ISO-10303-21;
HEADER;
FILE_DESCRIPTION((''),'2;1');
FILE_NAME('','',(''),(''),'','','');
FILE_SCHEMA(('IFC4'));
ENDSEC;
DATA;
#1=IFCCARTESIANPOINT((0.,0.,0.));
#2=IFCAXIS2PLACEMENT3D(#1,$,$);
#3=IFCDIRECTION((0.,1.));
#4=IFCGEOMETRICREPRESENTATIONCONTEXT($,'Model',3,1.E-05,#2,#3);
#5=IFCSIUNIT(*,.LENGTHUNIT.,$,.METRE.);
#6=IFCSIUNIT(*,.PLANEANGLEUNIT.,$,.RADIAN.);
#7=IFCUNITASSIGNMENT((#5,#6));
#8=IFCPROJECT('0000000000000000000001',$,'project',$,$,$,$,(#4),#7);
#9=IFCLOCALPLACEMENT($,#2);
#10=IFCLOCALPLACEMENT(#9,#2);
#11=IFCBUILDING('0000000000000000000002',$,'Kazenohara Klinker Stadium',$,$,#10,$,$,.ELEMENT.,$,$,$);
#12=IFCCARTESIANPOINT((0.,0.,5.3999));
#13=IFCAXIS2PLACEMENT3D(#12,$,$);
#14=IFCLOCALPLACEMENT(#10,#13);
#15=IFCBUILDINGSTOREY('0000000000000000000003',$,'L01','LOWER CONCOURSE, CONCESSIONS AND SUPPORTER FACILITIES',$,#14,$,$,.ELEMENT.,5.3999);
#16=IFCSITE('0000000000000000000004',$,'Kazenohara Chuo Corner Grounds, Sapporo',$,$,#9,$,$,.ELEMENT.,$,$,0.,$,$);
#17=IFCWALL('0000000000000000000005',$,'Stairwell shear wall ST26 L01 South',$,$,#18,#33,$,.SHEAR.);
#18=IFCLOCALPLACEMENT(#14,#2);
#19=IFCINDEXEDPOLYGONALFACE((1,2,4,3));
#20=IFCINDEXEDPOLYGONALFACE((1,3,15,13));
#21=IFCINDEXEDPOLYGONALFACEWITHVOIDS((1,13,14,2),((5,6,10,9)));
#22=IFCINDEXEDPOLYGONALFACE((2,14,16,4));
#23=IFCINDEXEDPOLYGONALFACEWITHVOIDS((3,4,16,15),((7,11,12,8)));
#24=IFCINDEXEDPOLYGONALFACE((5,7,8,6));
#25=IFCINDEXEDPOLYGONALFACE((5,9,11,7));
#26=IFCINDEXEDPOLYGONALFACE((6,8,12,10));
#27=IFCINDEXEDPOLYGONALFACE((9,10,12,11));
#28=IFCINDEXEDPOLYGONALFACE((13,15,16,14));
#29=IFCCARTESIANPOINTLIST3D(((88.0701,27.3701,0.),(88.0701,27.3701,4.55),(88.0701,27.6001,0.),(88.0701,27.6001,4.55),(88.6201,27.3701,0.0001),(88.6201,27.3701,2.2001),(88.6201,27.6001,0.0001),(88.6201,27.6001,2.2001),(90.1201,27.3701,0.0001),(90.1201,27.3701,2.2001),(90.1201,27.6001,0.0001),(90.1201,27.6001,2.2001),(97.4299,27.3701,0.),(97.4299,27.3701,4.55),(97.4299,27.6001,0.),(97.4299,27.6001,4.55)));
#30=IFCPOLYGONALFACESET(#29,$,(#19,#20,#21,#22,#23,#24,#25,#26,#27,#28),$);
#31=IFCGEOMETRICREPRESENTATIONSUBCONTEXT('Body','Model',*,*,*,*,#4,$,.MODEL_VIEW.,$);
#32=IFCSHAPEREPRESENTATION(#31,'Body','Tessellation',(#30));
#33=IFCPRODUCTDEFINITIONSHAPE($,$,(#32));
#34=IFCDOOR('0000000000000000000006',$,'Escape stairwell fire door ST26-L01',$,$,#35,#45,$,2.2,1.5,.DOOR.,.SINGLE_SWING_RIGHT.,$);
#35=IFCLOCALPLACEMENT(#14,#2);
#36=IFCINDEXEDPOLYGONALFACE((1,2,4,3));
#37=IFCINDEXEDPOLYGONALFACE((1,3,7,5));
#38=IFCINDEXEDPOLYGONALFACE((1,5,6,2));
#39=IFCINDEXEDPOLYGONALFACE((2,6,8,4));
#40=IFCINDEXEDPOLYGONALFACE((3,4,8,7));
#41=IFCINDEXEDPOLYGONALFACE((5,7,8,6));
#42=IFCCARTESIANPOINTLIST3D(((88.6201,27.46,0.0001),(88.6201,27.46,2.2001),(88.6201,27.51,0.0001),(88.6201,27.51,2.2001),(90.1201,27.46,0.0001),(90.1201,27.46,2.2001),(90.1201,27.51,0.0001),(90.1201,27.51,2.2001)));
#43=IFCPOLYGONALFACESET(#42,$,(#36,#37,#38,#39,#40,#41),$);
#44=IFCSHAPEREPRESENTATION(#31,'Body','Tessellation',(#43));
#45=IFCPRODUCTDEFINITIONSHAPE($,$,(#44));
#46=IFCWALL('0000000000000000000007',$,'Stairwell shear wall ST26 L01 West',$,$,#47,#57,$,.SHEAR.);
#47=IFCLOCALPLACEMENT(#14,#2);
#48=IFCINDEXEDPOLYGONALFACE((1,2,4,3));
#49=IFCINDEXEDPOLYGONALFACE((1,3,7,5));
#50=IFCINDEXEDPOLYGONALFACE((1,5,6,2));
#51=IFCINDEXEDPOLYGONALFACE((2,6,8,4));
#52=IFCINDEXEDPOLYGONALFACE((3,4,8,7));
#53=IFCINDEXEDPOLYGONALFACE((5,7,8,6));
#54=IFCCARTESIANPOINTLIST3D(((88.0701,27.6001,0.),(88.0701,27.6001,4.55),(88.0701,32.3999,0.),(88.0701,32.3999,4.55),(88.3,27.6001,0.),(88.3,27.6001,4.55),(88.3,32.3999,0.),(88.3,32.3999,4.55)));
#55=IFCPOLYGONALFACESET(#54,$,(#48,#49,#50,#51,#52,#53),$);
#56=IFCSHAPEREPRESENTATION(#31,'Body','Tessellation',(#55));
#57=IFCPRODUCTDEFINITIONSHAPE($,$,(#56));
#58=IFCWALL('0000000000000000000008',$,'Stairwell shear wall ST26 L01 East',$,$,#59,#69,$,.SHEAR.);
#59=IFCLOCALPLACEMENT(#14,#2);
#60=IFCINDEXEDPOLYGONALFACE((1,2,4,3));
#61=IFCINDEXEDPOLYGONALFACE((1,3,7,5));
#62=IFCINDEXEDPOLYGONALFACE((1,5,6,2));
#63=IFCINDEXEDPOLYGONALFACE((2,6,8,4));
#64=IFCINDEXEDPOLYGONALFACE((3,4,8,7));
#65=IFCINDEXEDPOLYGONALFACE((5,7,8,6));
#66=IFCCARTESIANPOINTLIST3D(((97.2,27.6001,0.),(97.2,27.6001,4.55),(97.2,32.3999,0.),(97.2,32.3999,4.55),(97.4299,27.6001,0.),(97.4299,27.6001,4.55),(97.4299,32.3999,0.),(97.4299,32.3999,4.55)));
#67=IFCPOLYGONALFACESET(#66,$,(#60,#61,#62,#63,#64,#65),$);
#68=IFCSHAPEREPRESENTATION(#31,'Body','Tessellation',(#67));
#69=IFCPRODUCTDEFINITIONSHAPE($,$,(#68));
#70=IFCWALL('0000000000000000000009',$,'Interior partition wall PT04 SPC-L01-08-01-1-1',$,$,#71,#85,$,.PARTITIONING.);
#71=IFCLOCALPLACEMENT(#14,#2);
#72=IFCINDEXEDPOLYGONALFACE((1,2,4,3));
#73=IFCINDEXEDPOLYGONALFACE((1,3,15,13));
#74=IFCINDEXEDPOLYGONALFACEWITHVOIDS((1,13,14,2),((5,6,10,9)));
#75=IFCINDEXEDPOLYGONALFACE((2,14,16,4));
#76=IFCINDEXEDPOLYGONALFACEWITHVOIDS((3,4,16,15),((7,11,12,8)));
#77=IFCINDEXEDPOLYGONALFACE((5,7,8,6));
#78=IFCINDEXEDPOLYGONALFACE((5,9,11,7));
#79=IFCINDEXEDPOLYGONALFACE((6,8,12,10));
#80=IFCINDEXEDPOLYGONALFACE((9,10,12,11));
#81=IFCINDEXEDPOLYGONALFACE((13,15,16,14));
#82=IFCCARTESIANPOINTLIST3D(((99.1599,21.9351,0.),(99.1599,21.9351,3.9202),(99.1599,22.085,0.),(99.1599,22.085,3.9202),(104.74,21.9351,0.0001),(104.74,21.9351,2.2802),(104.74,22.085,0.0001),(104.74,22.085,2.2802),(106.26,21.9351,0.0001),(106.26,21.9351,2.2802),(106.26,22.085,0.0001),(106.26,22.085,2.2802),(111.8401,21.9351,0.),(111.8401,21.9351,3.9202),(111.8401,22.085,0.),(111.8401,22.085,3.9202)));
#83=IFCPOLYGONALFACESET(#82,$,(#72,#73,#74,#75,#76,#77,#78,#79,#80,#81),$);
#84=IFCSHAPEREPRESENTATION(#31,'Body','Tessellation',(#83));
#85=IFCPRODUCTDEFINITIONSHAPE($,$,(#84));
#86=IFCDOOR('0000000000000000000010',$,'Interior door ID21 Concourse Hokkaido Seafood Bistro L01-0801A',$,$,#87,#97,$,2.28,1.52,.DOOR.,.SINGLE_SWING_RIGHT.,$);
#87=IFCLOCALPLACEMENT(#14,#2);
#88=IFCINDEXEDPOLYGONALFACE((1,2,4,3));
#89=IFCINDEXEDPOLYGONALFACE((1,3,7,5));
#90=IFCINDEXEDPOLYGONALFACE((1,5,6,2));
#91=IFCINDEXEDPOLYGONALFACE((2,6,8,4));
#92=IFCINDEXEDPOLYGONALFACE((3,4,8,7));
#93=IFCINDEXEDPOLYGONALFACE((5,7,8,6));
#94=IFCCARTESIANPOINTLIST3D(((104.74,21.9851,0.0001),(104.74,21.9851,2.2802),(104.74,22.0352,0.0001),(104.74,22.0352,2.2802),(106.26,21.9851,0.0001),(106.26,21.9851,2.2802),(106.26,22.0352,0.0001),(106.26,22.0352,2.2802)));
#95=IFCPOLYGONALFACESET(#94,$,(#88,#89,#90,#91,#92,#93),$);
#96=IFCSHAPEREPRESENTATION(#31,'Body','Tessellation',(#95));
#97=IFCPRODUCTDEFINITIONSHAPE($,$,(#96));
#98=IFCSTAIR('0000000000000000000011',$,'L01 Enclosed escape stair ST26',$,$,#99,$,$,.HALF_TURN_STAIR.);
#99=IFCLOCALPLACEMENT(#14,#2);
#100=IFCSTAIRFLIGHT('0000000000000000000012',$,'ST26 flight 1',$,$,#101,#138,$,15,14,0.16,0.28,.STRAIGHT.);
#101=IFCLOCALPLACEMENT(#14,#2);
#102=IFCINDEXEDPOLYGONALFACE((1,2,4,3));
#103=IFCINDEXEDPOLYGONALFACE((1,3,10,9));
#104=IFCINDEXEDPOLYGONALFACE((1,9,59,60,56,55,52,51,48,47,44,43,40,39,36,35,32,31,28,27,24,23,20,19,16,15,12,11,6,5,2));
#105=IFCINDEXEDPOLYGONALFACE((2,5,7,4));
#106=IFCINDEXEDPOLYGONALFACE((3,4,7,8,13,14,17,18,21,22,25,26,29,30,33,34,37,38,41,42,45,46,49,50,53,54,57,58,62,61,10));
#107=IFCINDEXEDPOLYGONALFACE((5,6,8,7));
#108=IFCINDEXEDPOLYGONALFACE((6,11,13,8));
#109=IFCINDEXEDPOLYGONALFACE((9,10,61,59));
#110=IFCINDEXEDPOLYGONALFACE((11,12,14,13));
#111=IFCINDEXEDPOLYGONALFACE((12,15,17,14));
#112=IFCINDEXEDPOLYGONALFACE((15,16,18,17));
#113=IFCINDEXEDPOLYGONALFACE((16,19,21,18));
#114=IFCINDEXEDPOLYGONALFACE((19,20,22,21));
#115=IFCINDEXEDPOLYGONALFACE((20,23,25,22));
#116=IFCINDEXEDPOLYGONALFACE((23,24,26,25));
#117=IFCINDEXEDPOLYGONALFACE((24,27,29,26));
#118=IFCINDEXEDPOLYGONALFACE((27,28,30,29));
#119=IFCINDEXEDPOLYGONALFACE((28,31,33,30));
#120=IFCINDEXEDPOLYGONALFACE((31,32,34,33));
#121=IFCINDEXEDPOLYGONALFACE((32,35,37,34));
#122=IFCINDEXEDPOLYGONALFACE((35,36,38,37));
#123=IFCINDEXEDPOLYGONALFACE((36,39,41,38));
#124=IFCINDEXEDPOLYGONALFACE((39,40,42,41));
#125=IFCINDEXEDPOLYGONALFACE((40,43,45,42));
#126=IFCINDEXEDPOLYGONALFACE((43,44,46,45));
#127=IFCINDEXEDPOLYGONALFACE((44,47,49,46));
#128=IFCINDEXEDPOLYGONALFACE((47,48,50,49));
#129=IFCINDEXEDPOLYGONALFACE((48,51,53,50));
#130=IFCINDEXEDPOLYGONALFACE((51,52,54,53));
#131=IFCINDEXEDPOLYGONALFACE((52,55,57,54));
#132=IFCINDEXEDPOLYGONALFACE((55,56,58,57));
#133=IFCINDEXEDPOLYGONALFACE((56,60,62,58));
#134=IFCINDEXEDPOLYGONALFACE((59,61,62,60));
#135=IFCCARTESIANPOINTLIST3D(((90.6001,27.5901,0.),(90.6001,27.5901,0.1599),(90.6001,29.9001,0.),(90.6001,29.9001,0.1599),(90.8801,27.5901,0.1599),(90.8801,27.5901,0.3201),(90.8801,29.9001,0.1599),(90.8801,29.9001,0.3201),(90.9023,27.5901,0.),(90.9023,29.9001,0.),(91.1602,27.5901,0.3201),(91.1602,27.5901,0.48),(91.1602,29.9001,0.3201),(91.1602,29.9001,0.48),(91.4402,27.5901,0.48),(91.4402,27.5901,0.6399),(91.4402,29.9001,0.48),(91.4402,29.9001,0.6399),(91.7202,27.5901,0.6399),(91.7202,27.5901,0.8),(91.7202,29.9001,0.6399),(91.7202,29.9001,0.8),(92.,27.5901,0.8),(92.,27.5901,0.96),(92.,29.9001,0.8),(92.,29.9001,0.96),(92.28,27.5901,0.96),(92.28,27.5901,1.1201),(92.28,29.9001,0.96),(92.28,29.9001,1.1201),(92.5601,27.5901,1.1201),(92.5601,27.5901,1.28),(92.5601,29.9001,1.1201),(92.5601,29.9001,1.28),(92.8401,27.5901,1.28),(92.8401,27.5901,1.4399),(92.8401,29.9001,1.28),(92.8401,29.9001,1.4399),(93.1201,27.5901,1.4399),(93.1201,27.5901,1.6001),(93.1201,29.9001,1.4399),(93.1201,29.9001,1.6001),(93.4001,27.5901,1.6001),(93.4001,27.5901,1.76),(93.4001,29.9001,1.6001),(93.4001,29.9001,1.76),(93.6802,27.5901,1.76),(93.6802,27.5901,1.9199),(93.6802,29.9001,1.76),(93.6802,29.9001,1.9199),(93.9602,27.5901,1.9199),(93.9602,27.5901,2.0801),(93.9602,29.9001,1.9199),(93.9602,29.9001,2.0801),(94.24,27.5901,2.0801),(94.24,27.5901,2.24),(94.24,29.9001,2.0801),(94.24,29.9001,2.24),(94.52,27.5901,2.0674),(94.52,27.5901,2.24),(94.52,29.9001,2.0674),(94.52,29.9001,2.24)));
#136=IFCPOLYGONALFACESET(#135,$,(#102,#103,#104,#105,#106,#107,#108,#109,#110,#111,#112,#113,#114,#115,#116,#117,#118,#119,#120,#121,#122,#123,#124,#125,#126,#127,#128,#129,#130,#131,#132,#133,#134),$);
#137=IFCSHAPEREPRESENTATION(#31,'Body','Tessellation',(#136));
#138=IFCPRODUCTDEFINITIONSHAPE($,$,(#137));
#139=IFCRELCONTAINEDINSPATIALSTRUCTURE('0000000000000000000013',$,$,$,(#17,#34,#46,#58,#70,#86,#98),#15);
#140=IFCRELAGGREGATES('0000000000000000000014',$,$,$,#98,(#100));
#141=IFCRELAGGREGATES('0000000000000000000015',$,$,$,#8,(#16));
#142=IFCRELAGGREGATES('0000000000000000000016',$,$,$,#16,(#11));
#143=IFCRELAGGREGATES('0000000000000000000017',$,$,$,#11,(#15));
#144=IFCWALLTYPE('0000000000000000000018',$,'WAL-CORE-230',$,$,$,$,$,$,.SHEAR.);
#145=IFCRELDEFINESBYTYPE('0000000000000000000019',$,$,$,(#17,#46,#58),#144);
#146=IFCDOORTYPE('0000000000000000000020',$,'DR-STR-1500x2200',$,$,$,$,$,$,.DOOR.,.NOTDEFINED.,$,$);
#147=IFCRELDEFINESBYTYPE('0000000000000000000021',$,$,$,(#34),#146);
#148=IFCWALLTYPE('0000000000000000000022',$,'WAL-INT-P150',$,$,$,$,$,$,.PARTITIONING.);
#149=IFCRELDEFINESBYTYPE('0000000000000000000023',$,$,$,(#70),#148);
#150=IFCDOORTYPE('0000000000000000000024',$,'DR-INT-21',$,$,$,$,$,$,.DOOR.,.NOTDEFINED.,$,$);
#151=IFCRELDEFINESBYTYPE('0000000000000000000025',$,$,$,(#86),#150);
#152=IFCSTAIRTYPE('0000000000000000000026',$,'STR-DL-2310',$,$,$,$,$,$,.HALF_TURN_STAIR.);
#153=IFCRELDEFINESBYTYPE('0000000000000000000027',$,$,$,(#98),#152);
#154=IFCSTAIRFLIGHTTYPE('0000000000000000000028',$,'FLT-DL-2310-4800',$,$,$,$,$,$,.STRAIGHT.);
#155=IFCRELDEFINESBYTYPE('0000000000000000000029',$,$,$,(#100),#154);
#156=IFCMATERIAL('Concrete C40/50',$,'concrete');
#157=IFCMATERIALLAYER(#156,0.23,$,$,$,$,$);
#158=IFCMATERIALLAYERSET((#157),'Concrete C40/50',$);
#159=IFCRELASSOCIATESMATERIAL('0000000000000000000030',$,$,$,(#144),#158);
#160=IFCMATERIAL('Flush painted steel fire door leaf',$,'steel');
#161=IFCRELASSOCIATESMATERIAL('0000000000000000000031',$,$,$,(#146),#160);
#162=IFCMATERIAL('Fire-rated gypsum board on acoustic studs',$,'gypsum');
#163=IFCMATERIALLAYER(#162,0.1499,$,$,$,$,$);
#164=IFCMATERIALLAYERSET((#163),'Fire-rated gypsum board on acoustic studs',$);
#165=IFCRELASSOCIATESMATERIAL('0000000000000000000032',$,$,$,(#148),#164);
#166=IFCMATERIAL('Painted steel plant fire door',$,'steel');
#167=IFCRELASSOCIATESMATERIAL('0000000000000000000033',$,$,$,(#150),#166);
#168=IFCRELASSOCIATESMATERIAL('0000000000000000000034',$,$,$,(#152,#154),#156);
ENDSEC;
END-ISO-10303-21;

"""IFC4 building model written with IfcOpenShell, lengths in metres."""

from ifc_helpers import new_model, si_unit, direction, frame, frame_2d, origin, place, context, subcontext, project, spatial, polyline, rectangle, outline, extrude, material, layer, layer_set, type_object, element, fill, aggregate, save


model = new_model("IFC4")

# Units and contexts
model_context = context("Model", 3, precision=1e-05, world=origin(), true_north=direction((0.0, 1.0)))
body_context = subcontext(model_context, "Body", "Model", "MODEL_VIEW")
ifc_project = project(units=[si_unit("LENGTHUNIT", "METRE"), si_unit("PLANEANGLEUNIT", "RADIAN")], contexts=[model_context])

# Site, building, storey
site_placement = place(None, origin())
site = spatial("IfcSite", under=ifc_project, at=site_placement, Name="Kazenohara Chuo Corner Grounds, Sapporo", CompositionType="ELEMENT", RefElevation=0.0)
building_placement = place(site_placement, origin())
building = spatial("IfcBuilding", under=site, at=building_placement, Name="Kazenohara Klinker Stadium", CompositionType="ELEMENT")
storey_placement = place(building_placement, frame((0.0, 0.0, 5.3999)))
storey = spatial("IfcBuildingStorey", under=building, at=storey_placement, Name="L01", Description="LOWER CONCOURSE, CONCESSIONS AND SUPPORTER FACILITIES", CompositionType="ELEMENT", Elevation=5.3999)

# Shared definitions
ifc_material_1 = material(Name="Concrete C40/50", Category="concrete")

# Wall, opening, door
ifc_layer_1 = layer(ifc_material_1, 0.23)
ifc_layer_set_1 = layer_set([ifc_layer_1], Name="Concrete C40/50")
wall_type_1 = type_object("IfcWallType", Name="WAL-CORE-230", PredefinedType="SHEAR", material=ifc_layer_set_1)
wall_1_placement = place(storey_placement, frame((88.0701, 27.4851, 0.0), z_axis=(0.0, 0.0, 1.0), x_axis=(1.0, 0.0, 0.0)))
wall_1 = element("IfcWall", 1, at=wall_1_placement, inside=storey, type_object=wall_type_1, Name="Stairwell shear wall ST26 L01 South", PredefinedType="SHEAR", context=body_context, shape_type="SweptSolid", body=[
    extrude(rectangle(XDim=9.3599, YDim=0.23, at=frame_2d((4.6799, 0.0))), origin(), (0.0, 0.0, 1.0), 4.55),
])
opening_1_placement = place(wall_1_placement, frame((0.55, 0.0, 0.0)))
opening_1 = element("IfcOpeningElement", 2, at=opening_1_placement, cuts=wall_1, PredefinedType="OPENING", context=body_context, shape_type="SweptSolid", body=[
    extrude(rectangle(XDim=1.5, YDim=2.2, at=frame_2d((0.75, 1.1001))), frame((0.0, 0.125, 0.0), z_axis=(0.0, -1.0, 0.0), x_axis=(1.0, 0.0, 0.0)), (0.0, 0.0, 1.0), 0.25),
])
ifc_material_2 = material(Name="Flush painted steel fire door leaf", Category="steel")
door_type_1 = type_object("IfcDoorType", Name="DR-STR-1500x2200", OperationType="NOTDEFINED", PredefinedType="DOOR", material=ifc_material_2)
door_1_placement = place(opening_1_placement, origin())
door_1 = element("IfcDoor", 3, at=door_1_placement, inside=storey, type_object=door_type_1, Name="Escape stairwell fire door ST26-L01", OperationType="SINGLE_SWING_RIGHT", OverallHeight=2.2, OverallWidth=1.5, PredefinedType="DOOR", context=body_context, shape_type="SweptSolid", body=[
    extrude(rectangle(XDim=1.5, YDim=2.2, at=frame_2d((0.75, 1.1001))), frame((0.0, 0.0249, 0.0), z_axis=(0.0, -1.0, 0.0), x_axis=(1.0, 0.0, 0.0)), (0.0, 0.0, 1.0), 0.05),
])
fill(opening_1, door_1)

# Walls
for number, where, z_axis, x_axis, name in (
    (4, (88.1851, 27.6001, 0.0), (0.0, 0.0, 1.0), (0.0, 1.0, 0.0), "Stairwell shear wall ST26 L01 West"),
    (5, (97.3149, 27.6001, 0.0), (0.0, 0.0, 1.0), (0.0, 1.0, 0.0), "Stairwell shear wall ST26 L01 East"),
):
    element("IfcWall", number, at=place(storey_placement, frame(where, z_axis=z_axis, x_axis=x_axis)), inside=storey, type_object=wall_type_1, Name=name, PredefinedType="SHEAR", context=body_context, shape_type="SweptSolid", body=[
        extrude(rectangle(XDim=4.7998, YDim=0.23, at=frame_2d((2.3999, 0.0))), origin(), (0.0, 0.0, 1.0), 4.55),
    ])

# Wall, opening, door
ifc_material_3 = material(Name="Fire-rated gypsum board on acoustic studs", Category="gypsum")
ifc_layer_2 = layer(ifc_material_3, 0.1499)
ifc_layer_set_2 = layer_set([ifc_layer_2], Name="Fire-rated gypsum board on acoustic studs")
wall_type_2 = type_object("IfcWallType", Name="WAL-INT-P150", PredefinedType="PARTITIONING", material=ifc_layer_set_2)
wall_2_placement = place(storey_placement, frame((99.1599, 22.01, 0.0), z_axis=(0.0, 0.0, 1.0), x_axis=(1.0, 0.0, 0.0)))
wall_2 = element("IfcWall", 6, at=wall_2_placement, inside=storey, type_object=wall_type_2, Name="Interior partition wall PT04 SPC-L01-08-01-1-1", PredefinedType="PARTITIONING", context=body_context, shape_type="SweptSolid", body=[
    extrude(rectangle(XDim=12.6802, YDim=0.1499, at=frame_2d((6.3401, 0.0))), origin(), (0.0, 0.0, 1.0), 3.9202),
])
opening_2_placement = place(wall_2_placement, frame((7.1001, 0.0, 0.0), z_axis=(0.0, 0.0, 1.0), x_axis=(-1.0, 0.0, 0.0)))
opening_2 = element("IfcOpeningElement", 7, at=opening_2_placement, cuts=wall_2, PredefinedType="OPENING", context=body_context, shape_type="SweptSolid", body=[
    extrude(rectangle(XDim=1.52, YDim=2.28, at=frame_2d((0.76, 1.1401))), frame((0.0, 0.085, 0.0), z_axis=(0.0, -1.0, 0.0), x_axis=(1.0, 0.0, 0.0)), (0.0, 0.0, 1.0), 0.1699),
])
ifc_material_4 = material(Name="Painted steel plant fire door", Category="steel")
door_type_2 = type_object("IfcDoorType", Name="DR-INT-21", OperationType="NOTDEFINED", PredefinedType="DOOR", material=ifc_material_4)
door_2_placement = place(opening_2_placement, origin())
door_2 = element("IfcDoor", 8, at=door_2_placement, inside=storey, type_object=door_type_2, Name="Interior door ID21 Concourse Hokkaido Seafood Bistro L01-0801A", OperationType="SINGLE_SWING_RIGHT", OverallHeight=2.28, OverallWidth=1.52, PredefinedType="DOOR", context=body_context, shape_type="SweptSolid", body=[
    extrude(rectangle(XDim=1.52, YDim=2.28, at=frame_2d((0.76, 1.1401))), frame((0.0, 0.0249, 0.0), z_axis=(0.0, -1.0, 0.0), x_axis=(1.0, 0.0, 0.0)), (0.0, 0.0, 1.0), 0.05),
])
fill(opening_2, door_2)

# Stair, stair flight
stair_type = type_object("IfcStairType", Name="STR-DL-2310", PredefinedType="HALF_TURN_STAIR", material=ifc_material_1)
stair_placement = place(storey_placement, origin())
stair = element("IfcStair", 9, at=stair_placement, inside=storey, type_object=stair_type, Name="L01 Enclosed escape stair ST26", PredefinedType="HALF_TURN_STAIR")
stair_flight_type = type_object("IfcStairFlightType", Name="FLT-DL-2310-4800", PredefinedType="STRAIGHT", material=ifc_material_1)
stair_flight_placement = place(storey_placement, frame((90.6001, 28.7451, 0.0), z_axis=(0.0, 0.0, 1.0), x_axis=(1.0, 0.0, 0.0)))
stair_flight = element("IfcStairFlight", 10, at=stair_flight_placement, type_object=stair_flight_type, Name="ST26 flight 1", NumberOfRisers=15, NumberOfTreads=14, PredefinedType="STRAIGHT", RiserHeight=0.16, TreadLength=0.28, context=body_context, shape_type="SweptSolid", body=[
    extrude(outline(polyline([(0.0, 0.0), (0.0, 0.1599), (0.28, 0.1599), (0.28, 0.3201), (0.5601, 0.3201), (0.5601, 0.48), (0.8401, 0.48), (0.8401, 0.6399), (1.1201, 0.6399), (1.1201, 0.8), (1.3999, 0.8), (1.3999, 0.96), (1.6799, 0.96), (1.6799, 1.1201), (1.96, 1.1201), (1.96, 1.28), (2.24, 1.28), (2.24, 1.4399), (2.52, 1.4399), (2.52, 1.6001), (2.8, 1.6001), (2.8, 1.76), (3.0801, 1.76), (3.0801, 1.9199), (3.3601, 1.9199), (3.3601, 2.0801), (3.6399, 2.0801), (3.6399, 2.24), (3.9199, 2.24), (3.9199, 2.3999), (3.9199, 2.0674), (0.3022, 0.0), (0.0, 0.0)])), frame((0.0, 1.155, 0.0), z_axis=(0.0, -1.0, 0.0), x_axis=(1.0, 0.0, 0.0)), (0.0, 0.0, 1.0), 2.3101),
])
aggregate(stair, [stair_flight])

save(model, "model.ifc")
